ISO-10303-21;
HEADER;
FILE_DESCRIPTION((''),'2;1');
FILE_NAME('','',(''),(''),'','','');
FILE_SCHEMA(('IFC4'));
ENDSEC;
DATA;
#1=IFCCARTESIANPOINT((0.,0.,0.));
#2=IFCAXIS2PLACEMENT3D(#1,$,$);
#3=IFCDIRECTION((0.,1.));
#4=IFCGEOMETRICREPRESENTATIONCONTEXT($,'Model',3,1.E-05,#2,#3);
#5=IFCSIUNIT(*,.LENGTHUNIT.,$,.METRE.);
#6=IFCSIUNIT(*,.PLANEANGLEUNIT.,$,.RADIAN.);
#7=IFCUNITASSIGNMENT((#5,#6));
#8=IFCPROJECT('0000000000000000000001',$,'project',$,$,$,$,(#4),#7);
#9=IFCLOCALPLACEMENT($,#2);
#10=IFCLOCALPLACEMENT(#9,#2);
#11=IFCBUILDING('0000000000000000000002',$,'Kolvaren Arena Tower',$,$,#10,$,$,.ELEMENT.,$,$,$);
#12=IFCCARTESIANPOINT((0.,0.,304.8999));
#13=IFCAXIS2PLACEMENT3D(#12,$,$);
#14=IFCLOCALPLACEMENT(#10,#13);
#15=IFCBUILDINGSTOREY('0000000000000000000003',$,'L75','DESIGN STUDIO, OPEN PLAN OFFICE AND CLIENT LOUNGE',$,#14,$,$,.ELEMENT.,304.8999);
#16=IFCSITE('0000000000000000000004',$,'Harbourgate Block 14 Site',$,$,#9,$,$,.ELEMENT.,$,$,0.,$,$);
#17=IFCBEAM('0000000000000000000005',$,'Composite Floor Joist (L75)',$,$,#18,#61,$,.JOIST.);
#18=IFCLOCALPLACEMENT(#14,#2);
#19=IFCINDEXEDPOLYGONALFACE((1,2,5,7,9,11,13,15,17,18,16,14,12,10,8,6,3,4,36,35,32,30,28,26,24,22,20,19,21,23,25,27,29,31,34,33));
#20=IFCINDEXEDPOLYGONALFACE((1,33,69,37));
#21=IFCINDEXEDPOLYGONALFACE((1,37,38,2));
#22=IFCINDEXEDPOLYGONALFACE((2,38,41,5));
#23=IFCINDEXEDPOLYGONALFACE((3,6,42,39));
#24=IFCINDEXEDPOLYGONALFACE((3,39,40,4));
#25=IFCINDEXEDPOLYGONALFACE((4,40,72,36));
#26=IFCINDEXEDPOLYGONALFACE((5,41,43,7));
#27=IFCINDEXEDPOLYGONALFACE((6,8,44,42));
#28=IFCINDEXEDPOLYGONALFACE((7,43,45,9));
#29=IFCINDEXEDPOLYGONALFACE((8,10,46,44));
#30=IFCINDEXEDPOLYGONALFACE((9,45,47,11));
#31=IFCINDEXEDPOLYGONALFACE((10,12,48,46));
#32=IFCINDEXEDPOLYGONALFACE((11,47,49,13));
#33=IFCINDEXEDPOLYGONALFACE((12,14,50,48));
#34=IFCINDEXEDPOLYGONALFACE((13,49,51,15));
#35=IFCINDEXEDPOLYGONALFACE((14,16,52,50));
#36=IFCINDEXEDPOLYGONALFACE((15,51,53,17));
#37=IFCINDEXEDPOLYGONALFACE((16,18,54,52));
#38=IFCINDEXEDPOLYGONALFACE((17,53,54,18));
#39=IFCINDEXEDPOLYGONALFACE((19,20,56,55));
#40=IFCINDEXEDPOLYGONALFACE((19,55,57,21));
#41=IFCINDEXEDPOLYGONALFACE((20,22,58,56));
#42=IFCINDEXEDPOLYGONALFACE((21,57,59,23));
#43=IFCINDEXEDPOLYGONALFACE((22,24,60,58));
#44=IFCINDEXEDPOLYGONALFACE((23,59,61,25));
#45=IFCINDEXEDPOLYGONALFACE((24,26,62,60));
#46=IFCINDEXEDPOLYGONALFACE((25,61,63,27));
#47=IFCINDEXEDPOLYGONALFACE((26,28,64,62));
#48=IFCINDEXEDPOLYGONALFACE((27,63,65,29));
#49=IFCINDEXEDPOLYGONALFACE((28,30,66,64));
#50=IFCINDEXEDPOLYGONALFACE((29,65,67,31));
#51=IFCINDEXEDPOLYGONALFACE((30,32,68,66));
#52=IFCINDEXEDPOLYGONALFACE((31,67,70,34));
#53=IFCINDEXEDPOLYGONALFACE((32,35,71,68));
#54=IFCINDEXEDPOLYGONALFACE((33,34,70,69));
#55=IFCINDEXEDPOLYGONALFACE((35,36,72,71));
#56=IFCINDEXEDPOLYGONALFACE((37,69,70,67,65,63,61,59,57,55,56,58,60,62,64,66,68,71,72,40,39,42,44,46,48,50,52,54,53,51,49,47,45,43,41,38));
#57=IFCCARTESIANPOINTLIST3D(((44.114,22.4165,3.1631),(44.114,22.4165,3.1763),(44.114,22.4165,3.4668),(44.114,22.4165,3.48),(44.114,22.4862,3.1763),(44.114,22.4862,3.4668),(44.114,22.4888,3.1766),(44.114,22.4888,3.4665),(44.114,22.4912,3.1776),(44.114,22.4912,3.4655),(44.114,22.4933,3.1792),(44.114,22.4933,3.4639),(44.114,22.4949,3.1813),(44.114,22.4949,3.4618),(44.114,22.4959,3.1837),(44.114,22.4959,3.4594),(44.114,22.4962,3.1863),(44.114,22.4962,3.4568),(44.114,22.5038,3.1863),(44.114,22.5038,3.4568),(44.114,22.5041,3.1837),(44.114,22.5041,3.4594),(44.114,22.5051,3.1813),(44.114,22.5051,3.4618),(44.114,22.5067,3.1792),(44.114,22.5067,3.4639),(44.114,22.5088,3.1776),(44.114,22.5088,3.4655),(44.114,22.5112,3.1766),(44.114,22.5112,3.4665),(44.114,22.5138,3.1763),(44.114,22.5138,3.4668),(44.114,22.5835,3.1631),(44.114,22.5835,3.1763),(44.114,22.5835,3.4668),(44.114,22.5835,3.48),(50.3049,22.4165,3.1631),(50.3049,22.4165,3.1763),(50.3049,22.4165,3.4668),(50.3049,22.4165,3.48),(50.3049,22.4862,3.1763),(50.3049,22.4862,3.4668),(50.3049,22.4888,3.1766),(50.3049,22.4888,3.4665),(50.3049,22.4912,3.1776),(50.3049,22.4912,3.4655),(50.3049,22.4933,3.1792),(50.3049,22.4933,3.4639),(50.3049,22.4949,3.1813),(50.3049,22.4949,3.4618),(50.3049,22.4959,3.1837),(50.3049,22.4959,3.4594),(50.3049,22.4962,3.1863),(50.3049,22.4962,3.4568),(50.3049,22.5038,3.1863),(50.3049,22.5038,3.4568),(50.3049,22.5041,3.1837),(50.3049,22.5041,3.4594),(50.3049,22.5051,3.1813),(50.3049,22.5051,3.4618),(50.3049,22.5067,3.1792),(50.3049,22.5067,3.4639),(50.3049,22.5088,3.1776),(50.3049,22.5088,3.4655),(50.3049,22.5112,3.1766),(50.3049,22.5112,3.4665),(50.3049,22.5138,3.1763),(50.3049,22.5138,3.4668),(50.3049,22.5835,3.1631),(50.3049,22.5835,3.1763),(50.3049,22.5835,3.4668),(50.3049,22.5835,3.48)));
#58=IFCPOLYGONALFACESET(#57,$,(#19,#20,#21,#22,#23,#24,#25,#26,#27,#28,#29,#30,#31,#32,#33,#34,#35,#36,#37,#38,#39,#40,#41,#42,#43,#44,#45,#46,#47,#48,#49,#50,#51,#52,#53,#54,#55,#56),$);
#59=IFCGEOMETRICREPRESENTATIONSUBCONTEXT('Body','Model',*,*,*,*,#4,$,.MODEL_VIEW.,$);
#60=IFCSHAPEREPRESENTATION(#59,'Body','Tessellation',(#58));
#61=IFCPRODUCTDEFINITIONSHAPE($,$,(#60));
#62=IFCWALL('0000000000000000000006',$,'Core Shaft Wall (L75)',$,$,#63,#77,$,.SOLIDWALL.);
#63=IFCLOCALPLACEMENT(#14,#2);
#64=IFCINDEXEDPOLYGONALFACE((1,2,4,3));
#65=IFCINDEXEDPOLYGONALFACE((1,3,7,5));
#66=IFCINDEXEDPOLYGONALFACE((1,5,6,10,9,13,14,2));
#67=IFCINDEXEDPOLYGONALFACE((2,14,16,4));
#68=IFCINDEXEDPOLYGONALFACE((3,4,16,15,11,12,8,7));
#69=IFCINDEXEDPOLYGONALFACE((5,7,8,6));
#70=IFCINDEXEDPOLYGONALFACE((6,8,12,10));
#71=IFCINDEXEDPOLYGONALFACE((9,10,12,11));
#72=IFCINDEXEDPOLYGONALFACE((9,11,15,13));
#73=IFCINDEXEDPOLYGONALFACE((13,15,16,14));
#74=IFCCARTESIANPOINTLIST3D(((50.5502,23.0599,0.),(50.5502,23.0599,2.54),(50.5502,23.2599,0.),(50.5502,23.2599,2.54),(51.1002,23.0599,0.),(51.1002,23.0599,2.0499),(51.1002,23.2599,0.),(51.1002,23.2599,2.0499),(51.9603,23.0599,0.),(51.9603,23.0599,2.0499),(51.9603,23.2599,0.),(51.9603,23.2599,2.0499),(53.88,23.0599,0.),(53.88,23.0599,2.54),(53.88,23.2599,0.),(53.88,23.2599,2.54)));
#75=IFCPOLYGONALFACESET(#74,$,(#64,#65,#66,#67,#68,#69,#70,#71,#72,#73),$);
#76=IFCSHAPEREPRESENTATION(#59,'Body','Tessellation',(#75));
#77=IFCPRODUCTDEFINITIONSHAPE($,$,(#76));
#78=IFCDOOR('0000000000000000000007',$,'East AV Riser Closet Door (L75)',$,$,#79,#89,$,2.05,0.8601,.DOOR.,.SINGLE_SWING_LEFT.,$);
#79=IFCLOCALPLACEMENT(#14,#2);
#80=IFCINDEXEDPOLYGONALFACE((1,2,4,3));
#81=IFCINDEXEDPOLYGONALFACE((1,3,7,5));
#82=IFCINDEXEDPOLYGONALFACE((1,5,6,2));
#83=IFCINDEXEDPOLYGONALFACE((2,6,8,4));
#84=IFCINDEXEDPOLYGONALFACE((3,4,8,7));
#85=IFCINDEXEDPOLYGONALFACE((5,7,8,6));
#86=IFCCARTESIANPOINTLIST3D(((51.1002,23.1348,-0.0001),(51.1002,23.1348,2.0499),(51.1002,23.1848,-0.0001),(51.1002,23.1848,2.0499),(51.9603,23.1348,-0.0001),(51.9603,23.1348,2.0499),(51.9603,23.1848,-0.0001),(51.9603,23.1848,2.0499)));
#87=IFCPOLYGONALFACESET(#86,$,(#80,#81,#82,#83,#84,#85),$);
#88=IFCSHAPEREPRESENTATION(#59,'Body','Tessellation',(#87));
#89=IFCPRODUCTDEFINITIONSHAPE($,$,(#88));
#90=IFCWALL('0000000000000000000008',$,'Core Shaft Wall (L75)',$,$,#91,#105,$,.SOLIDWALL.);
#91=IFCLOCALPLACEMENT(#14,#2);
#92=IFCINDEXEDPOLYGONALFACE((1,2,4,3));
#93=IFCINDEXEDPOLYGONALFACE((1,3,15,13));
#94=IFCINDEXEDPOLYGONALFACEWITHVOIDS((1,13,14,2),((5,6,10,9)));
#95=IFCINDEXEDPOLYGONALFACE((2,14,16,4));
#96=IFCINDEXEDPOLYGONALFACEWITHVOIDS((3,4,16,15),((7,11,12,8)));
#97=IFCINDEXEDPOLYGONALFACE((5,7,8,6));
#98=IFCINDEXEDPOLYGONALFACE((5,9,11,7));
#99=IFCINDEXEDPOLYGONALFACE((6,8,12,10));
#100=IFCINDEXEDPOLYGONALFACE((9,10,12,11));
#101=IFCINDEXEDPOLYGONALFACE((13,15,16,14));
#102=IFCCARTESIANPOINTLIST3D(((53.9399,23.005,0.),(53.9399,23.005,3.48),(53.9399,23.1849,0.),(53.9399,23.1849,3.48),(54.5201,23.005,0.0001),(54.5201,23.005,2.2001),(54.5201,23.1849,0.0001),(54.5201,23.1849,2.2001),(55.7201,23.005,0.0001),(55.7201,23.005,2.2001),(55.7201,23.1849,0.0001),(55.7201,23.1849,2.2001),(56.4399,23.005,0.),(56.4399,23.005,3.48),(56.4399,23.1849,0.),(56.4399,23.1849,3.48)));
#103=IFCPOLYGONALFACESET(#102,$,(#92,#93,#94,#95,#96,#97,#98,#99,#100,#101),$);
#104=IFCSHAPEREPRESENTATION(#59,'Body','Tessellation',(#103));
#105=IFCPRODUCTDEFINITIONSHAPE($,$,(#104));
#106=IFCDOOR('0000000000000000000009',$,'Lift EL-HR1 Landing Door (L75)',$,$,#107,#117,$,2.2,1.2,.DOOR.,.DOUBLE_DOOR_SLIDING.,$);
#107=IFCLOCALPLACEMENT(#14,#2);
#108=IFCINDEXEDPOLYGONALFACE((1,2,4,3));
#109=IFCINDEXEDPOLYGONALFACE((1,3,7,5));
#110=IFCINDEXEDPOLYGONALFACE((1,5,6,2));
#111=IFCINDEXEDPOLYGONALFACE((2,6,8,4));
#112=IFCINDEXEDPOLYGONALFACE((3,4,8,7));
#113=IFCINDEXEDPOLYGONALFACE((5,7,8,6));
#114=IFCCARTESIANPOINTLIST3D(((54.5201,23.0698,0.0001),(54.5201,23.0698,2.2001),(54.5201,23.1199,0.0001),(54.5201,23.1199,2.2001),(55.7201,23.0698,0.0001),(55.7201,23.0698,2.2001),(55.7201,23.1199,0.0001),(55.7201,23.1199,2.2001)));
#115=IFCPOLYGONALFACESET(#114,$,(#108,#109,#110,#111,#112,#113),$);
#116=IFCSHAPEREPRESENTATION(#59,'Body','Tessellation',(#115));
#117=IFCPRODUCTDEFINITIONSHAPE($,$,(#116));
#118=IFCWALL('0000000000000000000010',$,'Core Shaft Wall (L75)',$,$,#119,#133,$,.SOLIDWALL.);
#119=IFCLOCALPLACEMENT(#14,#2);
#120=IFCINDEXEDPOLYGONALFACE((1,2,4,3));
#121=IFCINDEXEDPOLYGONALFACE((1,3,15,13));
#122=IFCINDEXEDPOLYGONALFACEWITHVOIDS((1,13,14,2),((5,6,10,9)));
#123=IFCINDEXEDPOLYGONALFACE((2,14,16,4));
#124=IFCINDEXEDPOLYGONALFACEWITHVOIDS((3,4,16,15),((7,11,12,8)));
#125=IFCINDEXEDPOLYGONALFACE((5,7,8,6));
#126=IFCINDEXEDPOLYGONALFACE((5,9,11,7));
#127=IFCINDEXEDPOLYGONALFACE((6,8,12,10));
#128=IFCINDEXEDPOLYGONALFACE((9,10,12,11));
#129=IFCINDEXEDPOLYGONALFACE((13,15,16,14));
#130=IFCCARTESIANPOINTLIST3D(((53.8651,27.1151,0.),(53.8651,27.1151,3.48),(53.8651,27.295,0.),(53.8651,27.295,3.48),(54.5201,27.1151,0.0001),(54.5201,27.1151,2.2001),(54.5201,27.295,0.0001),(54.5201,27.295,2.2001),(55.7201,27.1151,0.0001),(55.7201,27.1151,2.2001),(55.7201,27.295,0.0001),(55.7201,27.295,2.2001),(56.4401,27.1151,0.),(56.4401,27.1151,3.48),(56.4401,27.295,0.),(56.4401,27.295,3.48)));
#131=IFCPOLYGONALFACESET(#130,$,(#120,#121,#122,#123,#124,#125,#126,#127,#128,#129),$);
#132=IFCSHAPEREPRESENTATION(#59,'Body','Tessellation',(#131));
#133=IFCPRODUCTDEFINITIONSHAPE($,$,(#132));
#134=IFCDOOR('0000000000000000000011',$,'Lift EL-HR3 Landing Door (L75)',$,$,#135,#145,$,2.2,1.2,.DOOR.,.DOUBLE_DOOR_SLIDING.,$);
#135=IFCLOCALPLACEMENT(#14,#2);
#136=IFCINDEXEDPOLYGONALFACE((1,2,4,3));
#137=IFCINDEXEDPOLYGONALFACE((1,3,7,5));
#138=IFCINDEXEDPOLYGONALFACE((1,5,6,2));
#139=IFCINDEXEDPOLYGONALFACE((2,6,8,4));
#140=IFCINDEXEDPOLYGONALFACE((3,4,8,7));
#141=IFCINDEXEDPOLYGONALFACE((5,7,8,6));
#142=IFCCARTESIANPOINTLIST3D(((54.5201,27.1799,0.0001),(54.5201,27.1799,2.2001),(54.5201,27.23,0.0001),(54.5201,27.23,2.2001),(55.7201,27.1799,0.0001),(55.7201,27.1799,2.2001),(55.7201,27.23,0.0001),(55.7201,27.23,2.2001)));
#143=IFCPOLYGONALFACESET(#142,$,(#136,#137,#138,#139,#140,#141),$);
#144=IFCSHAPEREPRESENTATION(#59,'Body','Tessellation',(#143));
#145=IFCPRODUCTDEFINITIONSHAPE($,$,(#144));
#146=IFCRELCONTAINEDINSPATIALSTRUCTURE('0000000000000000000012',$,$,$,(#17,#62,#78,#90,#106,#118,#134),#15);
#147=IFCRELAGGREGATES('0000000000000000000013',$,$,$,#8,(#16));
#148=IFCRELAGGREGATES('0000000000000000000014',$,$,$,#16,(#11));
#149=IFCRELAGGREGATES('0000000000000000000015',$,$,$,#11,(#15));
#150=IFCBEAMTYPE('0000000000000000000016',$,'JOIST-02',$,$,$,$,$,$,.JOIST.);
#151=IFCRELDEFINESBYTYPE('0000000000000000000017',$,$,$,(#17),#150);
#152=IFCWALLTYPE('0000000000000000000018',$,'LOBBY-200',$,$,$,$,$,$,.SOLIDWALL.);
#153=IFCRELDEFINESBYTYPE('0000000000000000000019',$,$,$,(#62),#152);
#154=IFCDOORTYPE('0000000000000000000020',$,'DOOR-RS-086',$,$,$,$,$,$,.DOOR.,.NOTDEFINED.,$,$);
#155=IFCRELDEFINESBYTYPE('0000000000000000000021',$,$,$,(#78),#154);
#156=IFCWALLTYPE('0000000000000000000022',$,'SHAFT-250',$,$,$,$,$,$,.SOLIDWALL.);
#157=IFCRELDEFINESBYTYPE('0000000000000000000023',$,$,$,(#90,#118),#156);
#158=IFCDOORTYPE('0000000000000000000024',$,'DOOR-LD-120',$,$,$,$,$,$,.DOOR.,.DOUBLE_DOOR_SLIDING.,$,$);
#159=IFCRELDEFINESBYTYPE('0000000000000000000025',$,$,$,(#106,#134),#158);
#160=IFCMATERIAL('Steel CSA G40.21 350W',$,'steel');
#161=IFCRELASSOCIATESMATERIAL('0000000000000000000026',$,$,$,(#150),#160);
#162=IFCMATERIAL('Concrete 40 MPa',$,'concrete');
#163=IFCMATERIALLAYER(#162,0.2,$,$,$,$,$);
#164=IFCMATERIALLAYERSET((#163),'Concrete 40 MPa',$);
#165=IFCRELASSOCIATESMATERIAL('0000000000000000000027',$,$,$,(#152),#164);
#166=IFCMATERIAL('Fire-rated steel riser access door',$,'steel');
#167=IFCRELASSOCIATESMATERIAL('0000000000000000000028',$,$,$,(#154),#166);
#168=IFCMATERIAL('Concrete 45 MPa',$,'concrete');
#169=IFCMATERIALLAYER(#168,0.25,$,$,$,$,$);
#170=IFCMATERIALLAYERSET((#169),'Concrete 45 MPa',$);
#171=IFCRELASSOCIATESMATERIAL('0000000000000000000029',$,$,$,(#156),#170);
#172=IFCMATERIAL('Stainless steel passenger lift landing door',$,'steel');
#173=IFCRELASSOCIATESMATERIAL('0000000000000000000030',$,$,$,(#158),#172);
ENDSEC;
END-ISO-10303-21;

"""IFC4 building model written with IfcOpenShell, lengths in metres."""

from ifc_helpers import new_model, si_unit, direction, frame, frame_2d, origin, origin_2d, place, context, subcontext, project, spatial, rectangle, i_section, extrude, material, layer, layer_set, material_profile, profile_set, type_object, element, fill, save


model = new_model("IFC4")

# Units and contexts
model_context = context("Model", 3, precision=1e-05, world=origin(), true_north=direction((0.0, 1.0)))
body_context = subcontext(model_context, "Body", "Model", "MODEL_VIEW")
ifc_project = project(units=[si_unit("LENGTHUNIT", "METRE"), si_unit("PLANEANGLEUNIT", "RADIAN")], contexts=[model_context])

# Site, building, storey
site_placement = place(None, origin())
site = spatial("IfcSite", under=ifc_project, at=site_placement, Name="Harbourgate Block 14 Site", CompositionType="ELEMENT", RefElevation=0.0)
building_placement = place(site_placement, origin())
building = spatial("IfcBuilding", under=site, at=building_placement, Name="Kolvaren Arena Tower", CompositionType="ELEMENT")
storey_placement = place(building_placement, frame((0.0, 0.0, 304.8999)))
storey = spatial("IfcBuildingStorey", under=building, at=storey_placement, Name="L75", Description="DESIGN STUDIO, OPEN PLAN OFFICE AND CLIENT LOUNGE", CompositionType="ELEMENT", Elevation=304.8999)

# Beam
ifc_material_1 = material(Name="Steel CSA G40.21 350W", Category="steel")
ifc_material_profile_1 = material_profile(ifc_material_1, i_section(OverallWidth=0.167, OverallDepth=0.3169, WebThickness=0.0076, FlangeThickness=0.0132, FilletRadius=0.01, at=origin_2d()), Name="W310x52")
ifc_profile_set_1 = profile_set([ifc_material_profile_1], Name="Steel CSA G40.21 350W")
beam_type_1 = type_object("IfcBeamType", Name="JOIST-02", PredefinedType="JOIST", material=ifc_profile_set_1)
beam_1_placement = place(storey_placement, frame((44.114, 22.5, 3.3215), z_axis=(1.0, 0.0, 0.0), x_axis=(0.0, 1.0, 0.0)))
element("IfcBeam", 1, at=beam_1_placement, inside=storey, type_object=beam_type_1, Name="Composite Floor Joist (L75)", PredefinedType="JOIST", context=body_context, shape_type="SweptSolid", body=[
    extrude(i_section(OverallWidth=0.167, OverallDepth=0.3169, WebThickness=0.0076, FlangeThickness=0.0132, FilletRadius=0.01, at=origin_2d()), origin(), (0.0, 0.0, 1.0), 6.1909),
])

# Shared definitions
ifc_material_2 = material(Name="Concrete 40 MPa", Category="concrete")
ifc_layer_1 = layer(ifc_material_2, 0.2)
ifc_layer_set_1 = layer_set([ifc_layer_1], Name="Concrete 40 MPa")
wall_type_1 = type_object("IfcWallType", Name="LOBBY-200", PredefinedType="SOLIDWALL", material=ifc_layer_set_1)

# Walls, openings, doors
wall_1_placement = place(storey_placement, frame((50.55, 23.1599, 0.0), z_axis=(0.0, 0.0, 1.0), x_axis=(1.0, 0.0, 0.0)))
wall_1 = element("IfcWall", 2, at=wall_1_placement, inside=storey, type_object=wall_type_1, Name="Core Shaft Wall (L75)", PredefinedType="SOLIDWALL", context=body_context, shape_type="SweptSolid", body=[
    extrude(rectangle(XDim=3.3298, YDim=0.2, at=frame_2d((1.665, 0.0))), origin(), (0.0, 0.0, 1.0), 2.54),
])
opening_1_placement = place(wall_1_placement, frame((0.55, 0.0, 0.0)))
opening_1 = element("IfcOpeningElement", 3, at=opening_1_placement, cuts=wall_1, PredefinedType="OPENING", context=body_context, shape_type="SweptSolid", body=[
    extrude(rectangle(XDim=0.8601, YDim=2.05, at=frame_2d((0.4302, 1.0249))), frame((0.0, 0.1099, 0.0), z_axis=(0.0, -1.0, 0.0), x_axis=(1.0, 0.0, 0.0)), (0.0, 0.0, 1.0), 0.22),
])
ifc_material_3 = material(Name="Fire-rated steel riser access door", Category="steel")
door_type_1 = type_object("IfcDoorType", Name="DOOR-RS-086", OperationType="NOTDEFINED", PredefinedType="DOOR", material=ifc_material_3)
door_1_placement = place(opening_1_placement, origin())
door_1 = element("IfcDoor", 4, at=door_1_placement, inside=storey, type_object=door_type_1, Name="East AV Riser Closet Door (L75)", OperationType="SINGLE_SWING_LEFT", OverallHeight=2.05, OverallWidth=0.8601, PredefinedType="DOOR", context=body_context, shape_type="SweptSolid", body=[
    extrude(rectangle(XDim=0.8601, YDim=2.05, at=frame_2d((0.4302, 1.0249))), frame((0.0, 0.0249, 0.0), z_axis=(0.0, -1.0, 0.0), x_axis=(1.0, 0.0, 0.0)), (0.0, 0.0, 1.0), 0.05),
])
fill(opening_1, door_1)
ifc_material_4 = material(Name="Concrete 45 MPa", Category="concrete")
ifc_layer_2 = layer(ifc_material_4, 0.25)
ifc_layer_set_2 = layer_set([ifc_layer_2], Name="Concrete 45 MPa")
wall_type_2 = type_object("IfcWallType", Name="SHAFT-250", PredefinedType="SOLIDWALL", material=ifc_layer_set_2)
wall_2_placement = place(storey_placement, frame((53.9399, 23.095, 0.0), z_axis=(0.0, 0.0, 1.0), x_axis=(1.0, 0.0, 0.0)))
wall_2 = element("IfcWall", 5, at=wall_2_placement, inside=storey, type_object=wall_type_2, Name="Core Shaft Wall (L75)", PredefinedType="SOLIDWALL", context=body_context, shape_type="SweptSolid", body=[
    extrude(rectangle(XDim=2.5, YDim=0.1799, at=frame_2d((1.25, 0.0))), origin(), (0.0, 0.0, 1.0), 3.48),
])
opening_2_placement = place(wall_2_placement, frame((0.5801, 0.0, 0.0)))
opening_2 = element("IfcOpeningElement", 6, at=opening_2_placement, cuts=wall_2, PredefinedType="OPENING", context=body_context, shape_type="SweptSolid", body=[
    extrude(rectangle(XDim=1.2, YDim=2.2, at=frame_2d((0.6001, 1.1001))), frame((0.0, 0.0999, 0.0), z_axis=(0.0, -1.0, 0.0), x_axis=(1.0, 0.0, 0.0)), (0.0, 0.0, 1.0), 0.2),
])
ifc_material_5 = material(Name="Stainless steel passenger lift landing door", Category="steel")
door_type_2 = type_object("IfcDoorType", Name="DOOR-LD-120", OperationType="DOUBLE_DOOR_SLIDING", PredefinedType="DOOR", material=ifc_material_5)
door_2_placement = place(opening_2_placement, origin())
door_2 = element("IfcDoor", 7, at=door_2_placement, inside=storey, type_object=door_type_2, Name="Lift EL-HR1 Landing Door (L75)", OperationType="DOUBLE_DOOR_SLIDING", OverallHeight=2.2, OverallWidth=1.2, PredefinedType="DOOR", context=body_context, shape_type="SweptSolid", body=[
    extrude(rectangle(XDim=1.2, YDim=2.2, at=frame_2d((0.6001, 1.1001))), frame((0.0, 0.0249, 0.0), z_axis=(0.0, -1.0, 0.0), x_axis=(1.0, 0.0, 0.0)), (0.0, 0.0, 1.0), 0.05),
])
fill(opening_2, door_2)
wall_3_placement = place(storey_placement, frame((53.865, 27.2051, 0.0), z_axis=(0.0, 0.0, 1.0), x_axis=(1.0, 0.0, 0.0)))
wall_3 = element("IfcWall", 8, at=wall_3_placement, inside=storey, type_object=wall_type_2, Name="Core Shaft Wall (L75)", PredefinedType="SOLIDWALL", context=body_context, shape_type="SweptSolid", body=[
    extrude(rectangle(XDim=2.575, YDim=0.1799, at=frame_2d((1.2876, 0.0))), origin(), (0.0, 0.0, 1.0), 3.48),
])
opening_3_placement = place(wall_3_placement, frame((0.655, 0.0, 0.0)))
opening_3 = element("IfcOpeningElement", 9, at=opening_3_placement, cuts=wall_3, PredefinedType="OPENING", context=body_context, shape_type="SweptSolid", body=[
    extrude(rectangle(XDim=1.2, YDim=2.2, at=frame_2d((0.6001, 1.1001))), frame((0.0, 0.0999, 0.0), z_axis=(0.0, -1.0, 0.0), x_axis=(1.0, 0.0, 0.0)), (0.0, 0.0, 1.0), 0.2),
])
door_3_placement = place(opening_3_placement, origin())
door_3 = element("IfcDoor", 10, at=door_3_placement, inside=storey, type_object=door_type_2, Name="Lift EL-HR3 Landing Door (L75)", OperationType="DOUBLE_DOOR_SLIDING", OverallHeight=2.2, OverallWidth=1.2, PredefinedType="DOOR", context=body_context, shape_type="SweptSolid", body=[
    extrude(rectangle(XDim=1.2, YDim=2.2, at=frame_2d((0.6001, 1.1001))), frame((0.0, 0.0249, 0.0), z_axis=(0.0, -1.0, 0.0), x_axis=(1.0, 0.0, 0.0)), (0.0, 0.0, 1.0), 0.05),
])
fill(opening_3, door_3)

save(model, "model.ifc")
